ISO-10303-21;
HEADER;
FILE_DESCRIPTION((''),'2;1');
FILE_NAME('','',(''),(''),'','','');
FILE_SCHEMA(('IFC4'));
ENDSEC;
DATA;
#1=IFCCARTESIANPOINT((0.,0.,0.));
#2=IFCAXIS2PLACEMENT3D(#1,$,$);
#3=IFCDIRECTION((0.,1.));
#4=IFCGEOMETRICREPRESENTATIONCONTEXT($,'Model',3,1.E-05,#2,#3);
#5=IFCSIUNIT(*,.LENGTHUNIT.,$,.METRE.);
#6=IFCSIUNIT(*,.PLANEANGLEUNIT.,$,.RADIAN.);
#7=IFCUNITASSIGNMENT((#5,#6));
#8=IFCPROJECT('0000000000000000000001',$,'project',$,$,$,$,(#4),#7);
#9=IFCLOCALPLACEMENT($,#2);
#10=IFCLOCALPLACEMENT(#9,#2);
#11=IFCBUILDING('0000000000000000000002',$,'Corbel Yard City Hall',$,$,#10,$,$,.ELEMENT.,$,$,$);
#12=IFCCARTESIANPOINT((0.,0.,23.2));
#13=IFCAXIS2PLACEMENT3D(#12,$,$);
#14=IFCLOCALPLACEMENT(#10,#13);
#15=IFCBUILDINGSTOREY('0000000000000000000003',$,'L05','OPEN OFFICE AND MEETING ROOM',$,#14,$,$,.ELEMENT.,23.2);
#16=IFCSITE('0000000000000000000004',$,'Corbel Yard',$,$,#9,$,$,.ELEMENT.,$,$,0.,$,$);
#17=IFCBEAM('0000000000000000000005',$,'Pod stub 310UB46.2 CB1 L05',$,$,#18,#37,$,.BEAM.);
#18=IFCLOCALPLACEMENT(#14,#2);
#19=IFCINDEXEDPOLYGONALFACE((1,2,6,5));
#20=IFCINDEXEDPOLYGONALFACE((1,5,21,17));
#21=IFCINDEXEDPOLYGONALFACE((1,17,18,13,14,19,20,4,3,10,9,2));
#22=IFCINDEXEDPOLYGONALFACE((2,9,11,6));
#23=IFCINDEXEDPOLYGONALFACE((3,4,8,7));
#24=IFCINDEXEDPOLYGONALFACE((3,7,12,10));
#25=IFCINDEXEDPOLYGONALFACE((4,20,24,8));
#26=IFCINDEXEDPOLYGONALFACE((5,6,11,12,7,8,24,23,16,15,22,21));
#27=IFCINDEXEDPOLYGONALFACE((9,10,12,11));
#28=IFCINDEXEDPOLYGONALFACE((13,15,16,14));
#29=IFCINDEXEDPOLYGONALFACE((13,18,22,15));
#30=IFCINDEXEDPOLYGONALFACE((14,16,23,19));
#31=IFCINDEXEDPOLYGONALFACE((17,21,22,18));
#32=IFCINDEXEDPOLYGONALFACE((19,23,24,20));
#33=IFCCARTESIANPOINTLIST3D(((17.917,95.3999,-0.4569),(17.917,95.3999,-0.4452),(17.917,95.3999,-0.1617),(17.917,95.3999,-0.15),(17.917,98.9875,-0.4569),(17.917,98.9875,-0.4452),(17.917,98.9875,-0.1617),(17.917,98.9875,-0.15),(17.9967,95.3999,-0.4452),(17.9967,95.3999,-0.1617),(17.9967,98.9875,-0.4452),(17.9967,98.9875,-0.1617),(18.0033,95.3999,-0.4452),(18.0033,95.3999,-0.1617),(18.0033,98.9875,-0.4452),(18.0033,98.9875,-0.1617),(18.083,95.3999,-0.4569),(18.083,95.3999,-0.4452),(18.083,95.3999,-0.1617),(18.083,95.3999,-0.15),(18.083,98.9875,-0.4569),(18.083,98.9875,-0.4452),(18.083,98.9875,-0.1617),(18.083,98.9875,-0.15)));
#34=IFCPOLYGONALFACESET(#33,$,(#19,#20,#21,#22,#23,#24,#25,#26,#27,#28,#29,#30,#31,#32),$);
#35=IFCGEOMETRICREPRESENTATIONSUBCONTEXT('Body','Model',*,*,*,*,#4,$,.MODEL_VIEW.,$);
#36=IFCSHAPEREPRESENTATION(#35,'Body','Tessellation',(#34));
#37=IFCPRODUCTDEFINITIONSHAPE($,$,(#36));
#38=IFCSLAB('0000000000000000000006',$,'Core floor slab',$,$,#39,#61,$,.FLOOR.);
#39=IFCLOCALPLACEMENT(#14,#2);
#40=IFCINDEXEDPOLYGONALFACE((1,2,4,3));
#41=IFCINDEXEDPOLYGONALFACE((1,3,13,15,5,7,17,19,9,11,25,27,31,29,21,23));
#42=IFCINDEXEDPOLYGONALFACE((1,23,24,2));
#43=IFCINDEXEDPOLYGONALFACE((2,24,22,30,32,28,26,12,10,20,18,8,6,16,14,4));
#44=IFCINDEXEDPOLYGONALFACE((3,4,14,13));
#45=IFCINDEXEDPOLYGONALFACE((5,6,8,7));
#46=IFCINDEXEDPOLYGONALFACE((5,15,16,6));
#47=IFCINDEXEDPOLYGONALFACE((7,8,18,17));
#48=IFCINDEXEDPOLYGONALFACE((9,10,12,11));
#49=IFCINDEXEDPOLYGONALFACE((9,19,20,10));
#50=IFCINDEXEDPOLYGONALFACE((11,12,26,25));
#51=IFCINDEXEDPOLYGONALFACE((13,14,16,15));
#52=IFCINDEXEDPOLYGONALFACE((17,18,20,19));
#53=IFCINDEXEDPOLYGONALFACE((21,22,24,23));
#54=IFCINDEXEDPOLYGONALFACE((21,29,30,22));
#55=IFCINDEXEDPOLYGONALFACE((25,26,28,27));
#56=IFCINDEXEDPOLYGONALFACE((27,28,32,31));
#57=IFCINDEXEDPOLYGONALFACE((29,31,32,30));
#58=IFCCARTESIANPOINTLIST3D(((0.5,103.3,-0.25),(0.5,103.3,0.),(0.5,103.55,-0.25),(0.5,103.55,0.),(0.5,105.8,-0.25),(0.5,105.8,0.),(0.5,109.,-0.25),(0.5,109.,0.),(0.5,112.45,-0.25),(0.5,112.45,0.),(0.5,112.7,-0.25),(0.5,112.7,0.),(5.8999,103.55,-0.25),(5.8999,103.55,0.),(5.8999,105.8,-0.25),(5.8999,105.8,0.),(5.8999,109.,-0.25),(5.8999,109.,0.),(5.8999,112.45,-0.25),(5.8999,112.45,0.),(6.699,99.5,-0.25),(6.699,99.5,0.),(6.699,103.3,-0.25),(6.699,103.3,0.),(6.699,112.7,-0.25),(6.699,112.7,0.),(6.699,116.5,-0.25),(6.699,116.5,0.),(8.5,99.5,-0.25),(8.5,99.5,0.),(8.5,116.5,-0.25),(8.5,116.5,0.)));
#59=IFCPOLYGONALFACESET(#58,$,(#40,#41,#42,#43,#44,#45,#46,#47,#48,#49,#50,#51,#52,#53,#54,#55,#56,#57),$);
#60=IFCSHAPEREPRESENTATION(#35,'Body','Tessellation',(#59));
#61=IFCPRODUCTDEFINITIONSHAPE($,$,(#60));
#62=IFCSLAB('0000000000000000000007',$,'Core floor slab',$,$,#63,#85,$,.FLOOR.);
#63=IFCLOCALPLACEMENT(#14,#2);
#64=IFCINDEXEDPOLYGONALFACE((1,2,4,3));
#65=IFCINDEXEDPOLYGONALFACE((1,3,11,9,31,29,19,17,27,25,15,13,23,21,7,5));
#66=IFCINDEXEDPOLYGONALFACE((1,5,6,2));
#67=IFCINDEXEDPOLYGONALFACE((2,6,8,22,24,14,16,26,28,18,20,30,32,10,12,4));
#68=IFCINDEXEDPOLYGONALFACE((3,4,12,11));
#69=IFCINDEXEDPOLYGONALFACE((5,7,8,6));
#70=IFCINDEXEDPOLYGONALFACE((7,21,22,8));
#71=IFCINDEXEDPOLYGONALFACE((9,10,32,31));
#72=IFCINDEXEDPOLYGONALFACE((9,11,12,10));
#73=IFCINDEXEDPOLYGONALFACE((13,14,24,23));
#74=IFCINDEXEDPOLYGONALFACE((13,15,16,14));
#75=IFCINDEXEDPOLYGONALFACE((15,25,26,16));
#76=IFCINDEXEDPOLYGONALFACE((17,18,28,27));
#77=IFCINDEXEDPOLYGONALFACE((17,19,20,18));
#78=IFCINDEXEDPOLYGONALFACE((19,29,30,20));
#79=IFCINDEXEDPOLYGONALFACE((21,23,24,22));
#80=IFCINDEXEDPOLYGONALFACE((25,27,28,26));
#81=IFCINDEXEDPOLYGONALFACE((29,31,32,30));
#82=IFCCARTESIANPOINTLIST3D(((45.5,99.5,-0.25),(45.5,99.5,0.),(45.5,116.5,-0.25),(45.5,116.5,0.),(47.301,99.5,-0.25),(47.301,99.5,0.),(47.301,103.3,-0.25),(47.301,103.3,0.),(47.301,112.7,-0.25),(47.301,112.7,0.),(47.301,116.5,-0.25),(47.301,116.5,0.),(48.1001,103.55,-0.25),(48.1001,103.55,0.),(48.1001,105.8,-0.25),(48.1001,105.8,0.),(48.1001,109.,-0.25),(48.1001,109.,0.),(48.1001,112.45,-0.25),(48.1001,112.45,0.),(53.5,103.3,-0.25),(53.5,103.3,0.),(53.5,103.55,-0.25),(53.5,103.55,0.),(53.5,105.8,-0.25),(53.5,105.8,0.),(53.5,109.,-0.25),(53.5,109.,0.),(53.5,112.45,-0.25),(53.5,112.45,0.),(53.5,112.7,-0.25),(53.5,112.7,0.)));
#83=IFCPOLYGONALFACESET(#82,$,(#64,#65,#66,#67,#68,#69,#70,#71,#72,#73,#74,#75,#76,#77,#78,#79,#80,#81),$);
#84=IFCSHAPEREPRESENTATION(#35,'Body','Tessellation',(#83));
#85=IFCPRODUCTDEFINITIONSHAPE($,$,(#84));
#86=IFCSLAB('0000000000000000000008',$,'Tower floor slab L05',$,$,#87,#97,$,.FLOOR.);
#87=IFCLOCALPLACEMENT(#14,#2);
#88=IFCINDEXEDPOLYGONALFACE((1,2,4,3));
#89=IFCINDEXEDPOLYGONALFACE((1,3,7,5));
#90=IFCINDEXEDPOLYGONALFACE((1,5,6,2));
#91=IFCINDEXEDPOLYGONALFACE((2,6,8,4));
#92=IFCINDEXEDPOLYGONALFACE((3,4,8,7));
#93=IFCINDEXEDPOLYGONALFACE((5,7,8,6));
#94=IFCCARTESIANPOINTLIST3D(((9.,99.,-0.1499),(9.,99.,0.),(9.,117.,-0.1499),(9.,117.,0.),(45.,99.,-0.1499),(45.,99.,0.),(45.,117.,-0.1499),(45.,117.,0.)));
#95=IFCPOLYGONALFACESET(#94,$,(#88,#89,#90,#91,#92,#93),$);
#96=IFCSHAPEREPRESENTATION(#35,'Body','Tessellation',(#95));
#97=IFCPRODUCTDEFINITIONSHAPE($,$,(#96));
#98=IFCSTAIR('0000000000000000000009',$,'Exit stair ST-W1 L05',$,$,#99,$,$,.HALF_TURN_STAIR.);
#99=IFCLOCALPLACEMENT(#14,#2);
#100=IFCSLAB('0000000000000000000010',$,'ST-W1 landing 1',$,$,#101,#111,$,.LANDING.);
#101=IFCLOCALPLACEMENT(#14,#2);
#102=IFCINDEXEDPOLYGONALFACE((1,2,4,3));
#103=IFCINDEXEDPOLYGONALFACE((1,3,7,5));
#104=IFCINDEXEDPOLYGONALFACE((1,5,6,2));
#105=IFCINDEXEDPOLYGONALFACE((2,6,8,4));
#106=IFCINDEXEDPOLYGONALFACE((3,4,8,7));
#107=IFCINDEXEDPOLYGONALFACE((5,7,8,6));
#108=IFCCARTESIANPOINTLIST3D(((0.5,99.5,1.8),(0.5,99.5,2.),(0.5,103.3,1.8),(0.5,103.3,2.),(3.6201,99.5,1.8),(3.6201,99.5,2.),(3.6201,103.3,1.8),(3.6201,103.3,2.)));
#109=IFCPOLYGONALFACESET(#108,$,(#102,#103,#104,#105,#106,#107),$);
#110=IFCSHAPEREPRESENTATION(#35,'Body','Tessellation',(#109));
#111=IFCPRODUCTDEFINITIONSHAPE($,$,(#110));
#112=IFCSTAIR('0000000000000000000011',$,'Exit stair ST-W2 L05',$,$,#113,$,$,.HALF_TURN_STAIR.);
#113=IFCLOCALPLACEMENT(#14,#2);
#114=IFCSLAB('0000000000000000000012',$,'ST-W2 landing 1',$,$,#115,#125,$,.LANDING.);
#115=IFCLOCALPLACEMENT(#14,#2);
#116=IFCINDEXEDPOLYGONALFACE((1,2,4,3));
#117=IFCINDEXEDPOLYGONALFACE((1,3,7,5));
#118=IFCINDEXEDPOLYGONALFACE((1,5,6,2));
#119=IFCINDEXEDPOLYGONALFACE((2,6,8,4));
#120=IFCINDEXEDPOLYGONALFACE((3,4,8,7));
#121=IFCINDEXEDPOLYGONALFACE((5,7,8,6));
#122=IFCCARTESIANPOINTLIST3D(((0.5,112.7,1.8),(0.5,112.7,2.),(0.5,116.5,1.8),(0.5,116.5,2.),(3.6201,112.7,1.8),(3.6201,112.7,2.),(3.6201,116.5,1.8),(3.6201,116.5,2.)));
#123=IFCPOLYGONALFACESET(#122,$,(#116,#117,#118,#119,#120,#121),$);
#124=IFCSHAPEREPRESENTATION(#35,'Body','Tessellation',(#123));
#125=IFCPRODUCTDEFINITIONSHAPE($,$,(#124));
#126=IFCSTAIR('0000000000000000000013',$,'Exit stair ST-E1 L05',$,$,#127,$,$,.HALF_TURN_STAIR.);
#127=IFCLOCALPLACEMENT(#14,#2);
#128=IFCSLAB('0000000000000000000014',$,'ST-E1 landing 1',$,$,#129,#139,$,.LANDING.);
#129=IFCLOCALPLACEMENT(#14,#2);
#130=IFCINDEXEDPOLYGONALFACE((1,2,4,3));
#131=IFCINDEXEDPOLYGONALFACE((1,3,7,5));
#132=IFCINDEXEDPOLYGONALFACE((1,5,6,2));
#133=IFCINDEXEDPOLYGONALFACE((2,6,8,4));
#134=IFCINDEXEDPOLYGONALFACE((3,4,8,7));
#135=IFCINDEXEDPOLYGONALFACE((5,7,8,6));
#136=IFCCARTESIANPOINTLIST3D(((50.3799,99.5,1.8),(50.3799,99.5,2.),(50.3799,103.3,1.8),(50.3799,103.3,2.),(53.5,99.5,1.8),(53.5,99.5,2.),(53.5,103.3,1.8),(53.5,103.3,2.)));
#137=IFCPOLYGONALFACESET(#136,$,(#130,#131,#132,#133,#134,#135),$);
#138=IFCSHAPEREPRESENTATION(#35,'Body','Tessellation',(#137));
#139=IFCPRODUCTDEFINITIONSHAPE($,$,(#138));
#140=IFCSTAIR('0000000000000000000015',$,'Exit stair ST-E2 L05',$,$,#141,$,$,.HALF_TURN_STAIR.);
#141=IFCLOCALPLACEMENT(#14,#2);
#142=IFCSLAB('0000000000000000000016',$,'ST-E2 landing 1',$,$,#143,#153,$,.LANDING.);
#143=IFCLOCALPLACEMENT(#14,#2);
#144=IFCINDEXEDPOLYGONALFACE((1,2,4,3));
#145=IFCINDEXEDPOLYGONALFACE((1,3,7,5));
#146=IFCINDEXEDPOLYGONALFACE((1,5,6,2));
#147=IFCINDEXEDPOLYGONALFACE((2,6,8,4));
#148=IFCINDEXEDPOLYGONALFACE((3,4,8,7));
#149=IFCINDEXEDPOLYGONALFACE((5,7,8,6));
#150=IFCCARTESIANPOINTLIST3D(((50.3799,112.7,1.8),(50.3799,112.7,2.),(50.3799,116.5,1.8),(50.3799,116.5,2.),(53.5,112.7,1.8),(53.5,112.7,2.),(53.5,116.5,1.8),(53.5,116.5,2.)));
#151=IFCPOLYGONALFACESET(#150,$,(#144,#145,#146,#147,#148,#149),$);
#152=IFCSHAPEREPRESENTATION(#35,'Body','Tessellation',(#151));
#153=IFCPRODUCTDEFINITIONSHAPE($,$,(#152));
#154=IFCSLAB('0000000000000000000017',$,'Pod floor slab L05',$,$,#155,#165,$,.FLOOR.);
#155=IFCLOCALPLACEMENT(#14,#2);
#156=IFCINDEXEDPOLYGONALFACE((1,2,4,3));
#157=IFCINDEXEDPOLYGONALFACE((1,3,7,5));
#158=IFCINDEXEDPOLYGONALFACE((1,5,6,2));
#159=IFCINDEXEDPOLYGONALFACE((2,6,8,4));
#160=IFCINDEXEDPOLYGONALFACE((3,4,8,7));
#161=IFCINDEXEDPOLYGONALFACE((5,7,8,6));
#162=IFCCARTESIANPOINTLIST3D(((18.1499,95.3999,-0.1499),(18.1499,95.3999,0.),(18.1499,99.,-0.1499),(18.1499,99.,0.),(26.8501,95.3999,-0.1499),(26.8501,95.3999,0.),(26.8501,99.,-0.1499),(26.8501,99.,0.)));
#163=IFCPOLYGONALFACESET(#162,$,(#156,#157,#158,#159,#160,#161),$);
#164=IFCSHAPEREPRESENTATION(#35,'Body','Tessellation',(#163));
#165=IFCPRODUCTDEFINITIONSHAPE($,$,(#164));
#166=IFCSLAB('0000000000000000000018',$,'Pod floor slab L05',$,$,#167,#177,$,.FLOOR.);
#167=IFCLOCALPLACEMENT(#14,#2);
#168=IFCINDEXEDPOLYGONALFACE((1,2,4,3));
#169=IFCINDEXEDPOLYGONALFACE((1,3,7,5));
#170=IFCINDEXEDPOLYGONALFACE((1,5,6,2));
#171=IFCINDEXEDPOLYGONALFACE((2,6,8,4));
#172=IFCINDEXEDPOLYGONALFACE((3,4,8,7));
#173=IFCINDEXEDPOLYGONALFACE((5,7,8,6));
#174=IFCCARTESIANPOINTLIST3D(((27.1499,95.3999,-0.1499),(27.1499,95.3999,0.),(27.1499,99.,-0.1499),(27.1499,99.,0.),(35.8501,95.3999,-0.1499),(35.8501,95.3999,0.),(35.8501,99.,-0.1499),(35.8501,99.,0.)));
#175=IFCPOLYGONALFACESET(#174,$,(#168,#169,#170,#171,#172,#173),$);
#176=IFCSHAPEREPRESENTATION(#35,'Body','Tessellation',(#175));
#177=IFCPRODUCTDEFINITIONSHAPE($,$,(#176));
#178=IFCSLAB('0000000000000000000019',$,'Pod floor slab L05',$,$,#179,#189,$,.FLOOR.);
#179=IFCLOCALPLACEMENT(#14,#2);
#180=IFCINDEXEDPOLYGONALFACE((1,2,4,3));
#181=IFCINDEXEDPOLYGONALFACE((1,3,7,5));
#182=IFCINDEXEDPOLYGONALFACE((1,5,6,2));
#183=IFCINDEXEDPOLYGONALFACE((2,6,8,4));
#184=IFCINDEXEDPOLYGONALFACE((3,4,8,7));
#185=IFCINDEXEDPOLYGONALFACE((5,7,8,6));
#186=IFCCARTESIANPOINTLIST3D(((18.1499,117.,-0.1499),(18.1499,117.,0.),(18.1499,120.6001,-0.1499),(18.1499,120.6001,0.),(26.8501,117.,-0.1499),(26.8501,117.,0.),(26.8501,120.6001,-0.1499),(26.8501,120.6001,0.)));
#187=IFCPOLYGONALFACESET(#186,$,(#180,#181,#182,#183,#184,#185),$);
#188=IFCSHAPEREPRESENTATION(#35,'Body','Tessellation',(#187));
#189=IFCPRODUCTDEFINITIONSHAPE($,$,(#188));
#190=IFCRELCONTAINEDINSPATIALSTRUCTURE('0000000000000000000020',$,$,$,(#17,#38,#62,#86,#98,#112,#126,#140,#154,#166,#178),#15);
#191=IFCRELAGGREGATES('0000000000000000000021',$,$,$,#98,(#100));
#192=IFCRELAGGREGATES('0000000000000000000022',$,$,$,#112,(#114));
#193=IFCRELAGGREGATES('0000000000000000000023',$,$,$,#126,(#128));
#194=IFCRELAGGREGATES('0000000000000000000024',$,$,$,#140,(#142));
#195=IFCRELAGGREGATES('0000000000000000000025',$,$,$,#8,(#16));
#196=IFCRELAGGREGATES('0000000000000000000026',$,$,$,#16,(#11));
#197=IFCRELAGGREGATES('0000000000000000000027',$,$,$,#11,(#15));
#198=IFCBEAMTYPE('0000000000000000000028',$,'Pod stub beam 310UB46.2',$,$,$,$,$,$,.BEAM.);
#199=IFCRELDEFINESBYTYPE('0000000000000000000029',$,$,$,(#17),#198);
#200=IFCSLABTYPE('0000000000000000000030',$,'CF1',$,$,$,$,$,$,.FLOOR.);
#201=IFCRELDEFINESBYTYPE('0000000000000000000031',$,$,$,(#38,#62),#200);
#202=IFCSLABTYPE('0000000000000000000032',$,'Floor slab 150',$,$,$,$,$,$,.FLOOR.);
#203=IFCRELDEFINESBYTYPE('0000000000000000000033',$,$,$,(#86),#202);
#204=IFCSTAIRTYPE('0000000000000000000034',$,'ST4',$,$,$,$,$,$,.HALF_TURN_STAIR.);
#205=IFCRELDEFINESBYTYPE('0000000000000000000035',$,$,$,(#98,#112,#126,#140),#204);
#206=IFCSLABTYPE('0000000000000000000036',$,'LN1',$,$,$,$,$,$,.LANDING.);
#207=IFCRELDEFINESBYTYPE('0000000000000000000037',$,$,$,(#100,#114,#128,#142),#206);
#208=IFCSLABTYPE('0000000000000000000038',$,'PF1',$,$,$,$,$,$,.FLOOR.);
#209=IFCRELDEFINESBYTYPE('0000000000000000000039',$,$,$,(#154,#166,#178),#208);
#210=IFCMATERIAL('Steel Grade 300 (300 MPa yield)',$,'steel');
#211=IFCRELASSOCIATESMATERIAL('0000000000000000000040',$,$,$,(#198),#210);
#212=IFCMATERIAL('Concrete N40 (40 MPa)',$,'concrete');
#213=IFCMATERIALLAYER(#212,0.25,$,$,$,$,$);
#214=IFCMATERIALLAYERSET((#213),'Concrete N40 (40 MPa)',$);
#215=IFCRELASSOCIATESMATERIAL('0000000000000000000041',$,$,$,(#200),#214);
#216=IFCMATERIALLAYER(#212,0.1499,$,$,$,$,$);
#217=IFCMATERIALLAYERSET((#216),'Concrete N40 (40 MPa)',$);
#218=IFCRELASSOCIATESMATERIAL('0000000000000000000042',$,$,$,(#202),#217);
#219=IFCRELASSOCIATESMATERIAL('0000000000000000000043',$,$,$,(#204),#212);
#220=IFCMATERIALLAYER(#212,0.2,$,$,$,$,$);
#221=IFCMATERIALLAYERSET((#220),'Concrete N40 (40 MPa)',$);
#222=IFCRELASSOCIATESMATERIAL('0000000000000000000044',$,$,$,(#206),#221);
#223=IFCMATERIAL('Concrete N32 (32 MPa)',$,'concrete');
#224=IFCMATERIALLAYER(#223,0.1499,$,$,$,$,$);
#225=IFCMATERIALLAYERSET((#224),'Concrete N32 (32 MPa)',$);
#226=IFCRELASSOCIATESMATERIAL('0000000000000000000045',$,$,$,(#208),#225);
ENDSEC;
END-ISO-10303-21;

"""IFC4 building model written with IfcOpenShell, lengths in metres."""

from ifc_helpers import new_model, si_unit, direction, frame, origin, origin_2d, place, context, subcontext, project, spatial, polyline, i_section, outline, extrude, material, layer, layer_set, material_profile, profile_set, type_object, element, aggregate, save


model = new_model("IFC4")

# Units and contexts
model_context = context("Model", 3, precision=1e-05, world=origin(), true_north=direction((0.0, 1.0)))
body_context = subcontext(model_context, "Body", "Model", "MODEL_VIEW")
ifc_project = project(units=[si_unit("LENGTHUNIT", "METRE"), si_unit("PLANEANGLEUNIT", "RADIAN")], contexts=[model_context])

# Site, building, storey
site_placement = place(None, origin())
site = spatial("IfcSite", under=ifc_project, at=site_placement, Name="Corbel Yard", CompositionType="ELEMENT", RefElevation=0.0)
building_placement = place(site_placement, origin())
building = spatial("IfcBuilding", under=site, at=building_placement, Name="Corbel Yard City Hall", CompositionType="ELEMENT")
storey_placement = place(building_placement, frame((0.0, 0.0, 23.2)))
storey = spatial("IfcBuildingStorey", under=building, at=storey_placement, Name="L05", Description="OPEN OFFICE AND MEETING ROOM", CompositionType="ELEMENT", Elevation=23.2)

# Beam
ifc_material_1 = material(Name="Steel Grade 300 (300 MPa yield)", Category="steel")
ifc_material_profile = material_profile(ifc_material_1, i_section(OverallWidth=0.166, OverallDepth=0.3069, WebThickness=0.0066, FlangeThickness=0.0117, at=origin_2d()), Name="310UB46.2")
ifc_profile_set = profile_set([ifc_material_profile], Name="Steel Grade 300 (300 MPa yield)")
beam_type = type_object("IfcBeamType", Name="Pod stub beam 310UB46.2", PredefinedType="BEAM", material=ifc_profile_set)
beam_placement = place(storey_placement, frame((18.0, 95.3999, -0.3035), z_axis=(0.0, 1.0, 0.0), x_axis=(-1.0, 0.0, 0.0)))
element("IfcBeam", 1, at=beam_placement, inside=storey, type_object=beam_type, Name="Pod stub 310UB46.2 CB1 L05", PredefinedType="BEAM", context=body_context, shape_type="SweptSolid", body=[
    extrude(i_section(OverallWidth=0.166, OverallDepth=0.3069, WebThickness=0.0066, FlangeThickness=0.0117, at=origin_2d()), origin(), (0.0, 0.0, 1.0), 3.5876),
])

# Slabs
ifc_material_2 = material(Name="Concrete N40 (40 MPa)", Category="concrete")
ifc_layer_1 = layer(ifc_material_2, 0.25)
ifc_layer_set_1 = layer_set([ifc_layer_1], Name="Concrete N40 (40 MPa)")
slab_type_1 = type_object("IfcSlabType", Name="CF1", PredefinedType="FLOOR", material=ifc_layer_set_1)
slab_1_placement = place(storey_placement, frame((0.0, 0.0, -0.25)))
element("IfcSlab", 2, at=slab_1_placement, inside=storey, type_object=slab_type_1, Name="Core floor slab", PredefinedType="FLOOR", context=body_context, shape_type="SweptSolid", body=[
    extrude(outline(polyline([(8.5, 116.5), (6.699, 116.5), (6.699, 112.7), (0.5, 112.7), (0.5, 112.45), (5.8999, 112.45), (5.8999, 109.0), (0.5, 109.0), (0.5, 105.8), (5.8999, 105.8), (5.8999, 103.55), (0.5, 103.55), (0.5, 103.3), (6.699, 103.3), (6.699, 99.5), (8.5, 99.5), (8.5, 116.5)])), origin(), (0.0, 0.0, 1.0), 0.25),
])
slab_2_placement = place(storey_placement, frame((0.0, 0.0, -0.25)))
element("IfcSlab", 3, at=slab_2_placement, inside=storey, type_object=slab_type_1, Name="Core floor slab", PredefinedType="FLOOR", context=body_context, shape_type="SweptSolid", body=[
    extrude(outline(polyline([(53.5, 103.3), (53.5, 103.55), (48.1001, 103.55), (48.1001, 105.8), (53.5, 105.8), (53.5, 109.0), (48.1001, 109.0), (48.1001, 112.45), (53.5, 112.45), (53.5, 112.7), (47.301, 112.7), (47.301, 116.5), (45.5, 116.5), (45.5, 99.5), (47.301, 99.5), (47.301, 103.3), (53.5, 103.3)])), origin(), (0.0, 0.0, 1.0), 0.25),
])
ifc_layer_2 = layer(ifc_material_2, 0.1499)
ifc_layer_set_2 = layer_set([ifc_layer_2], Name="Concrete N40 (40 MPa)")
slab_type_2 = type_object("IfcSlabType", Name="Floor slab 150", PredefinedType="FLOOR", material=ifc_layer_set_2)
slab_3_placement = place(storey_placement, frame((0.0, 0.0, -0.1499)))
element("IfcSlab", 4, at=slab_3_placement, inside=storey, type_object=slab_type_2, Name="Tower floor slab L05", PredefinedType="FLOOR", context=body_context, shape_type="SweptSolid", body=[
    extrude(outline(polyline([(45.0, 99.0), (45.0, 117.0), (9.0, 117.0), (9.0, 99.0), (45.0, 99.0)])), origin(), (0.0, 0.0, 1.0), 0.1499),
])

# Stairs, slabs
stair_type = type_object("IfcStairType", Name="ST4", PredefinedType="HALF_TURN_STAIR", material=ifc_material_2)
stair_1_placement = place(storey_placement, origin())
stair_1 = element("IfcStair", 5, at=stair_1_placement, inside=storey, type_object=stair_type, Name="Exit stair ST-W1 L05", PredefinedType="HALF_TURN_STAIR")
ifc_layer_3 = layer(ifc_material_2, 0.2)
ifc_layer_set_3 = layer_set([ifc_layer_3], Name="Concrete N40 (40 MPa)")
slab_type_3 = type_object("IfcSlabType", Name="LN1", PredefinedType="LANDING", material=ifc_layer_set_3)
slab_4_placement = place(storey_placement, frame((0.0, 0.0, 1.8)))
slab_4 = element("IfcSlab", 6, at=slab_4_placement, type_object=slab_type_3, Name="ST-W1 landing 1", PredefinedType="LANDING", context=body_context, shape_type="SweptSolid", body=[
    extrude(outline(polyline([(0.5, 99.5), (3.6201, 99.5), (3.6201, 103.3), (0.5, 103.3), (0.5, 99.5)])), origin(), (0.0, 0.0, 1.0), 0.2),
])
aggregate(stair_1, [slab_4])
stair_2_placement = place(storey_placement, origin())
stair_2 = element("IfcStair", 7, at=stair_2_placement, inside=storey, type_object=stair_type, Name="Exit stair ST-W2 L05", PredefinedType="HALF_TURN_STAIR")
slab_5_placement = place(storey_placement, frame((0.0, 0.0, 1.8)))
slab_5 = element("IfcSlab", 8, at=slab_5_placement, type_object=slab_type_3, Name="ST-W2 landing 1", PredefinedType="LANDING", context=body_context, shape_type="SweptSolid", body=[
    extrude(outline(polyline([(0.5, 112.7), (3.6201, 112.7), (3.6201, 116.5), (0.5, 116.5), (0.5, 112.7)])), origin(), (0.0, 0.0, 1.0), 0.2),
])
aggregate(stair_2, [slab_5])
stair_3_placement = place(storey_placement, origin())
stair_3 = element("IfcStair", 9, at=stair_3_placement, inside=storey, type_object=stair_type, Name="Exit stair ST-E1 L05", PredefinedType="HALF_TURN_STAIR")
slab_6_placement = place(storey_placement, frame((0.0, 0.0, 1.8)))
slab_6 = element("IfcSlab", 10, at=slab_6_placement, type_object=slab_type_3, Name="ST-E1 landing 1", PredefinedType="LANDING", context=body_context, shape_type="SweptSolid", body=[
    extrude(outline(polyline([(50.3799, 99.5), (53.5, 99.5), (53.5, 103.3), (50.3799, 103.3), (50.3799, 99.5)])), origin(), (0.0, 0.0, 1.0), 0.2),
])
aggregate(stair_3, [slab_6])
stair_4_placement = place(storey_placement, origin())
stair_4 = element("IfcStair", 11, at=stair_4_placement, inside=storey, type_object=stair_type, Name="Exit stair ST-E2 L05", PredefinedType="HALF_TURN_STAIR")
slab_7_placement = place(storey_placement, frame((0.0, 0.0, 1.8)))
slab_7 = element("IfcSlab", 12, at=slab_7_placement, type_object=slab_type_3, Name="ST-E2 landing 1", PredefinedType="LANDING", context=body_context, shape_type="SweptSolid", body=[
    extrude(outline(polyline([(50.3799, 112.7), (53.5, 112.7), (53.5, 116.5), (50.3799, 116.5), (50.3799, 112.7)])), origin(), (0.0, 0.0, 1.0), 0.2),
])
aggregate(stair_4, [slab_7])

# Slabs
ifc_material_3 = material(Name="Concrete N32 (32 MPa)", Category="concrete")
ifc_layer_4 = layer(ifc_material_3, 0.1499)
ifc_layer_set_4 = layer_set([ifc_layer_4], Name="Concrete N32 (32 MPa)")
slab_type_4 = type_object("IfcSlabType", Name="PF1", PredefinedType="FLOOR", material=ifc_layer_set_4)
slab_8_placement = place(storey_placement, frame((0.0, 0.0, -0.1499)))
element("IfcSlab", 13, at=slab_8_placement, inside=storey, type_object=slab_type_4, Name="Pod floor slab L05", PredefinedType="FLOOR", context=body_context, shape_type="SweptSolid", body=[
    extrude(outline(polyline([(18.1499, 95.3999), (26.8501, 95.3999), (26.8501, 99.0), (18.1499, 99.0), (18.1499, 95.3999)])), origin(), (0.0, 0.0, 1.0), 0.1499),
])
slab_9_placement = place(storey_placement, frame((0.0, 0.0, -0.1499)))
element("IfcSlab", 14, at=slab_9_placement, inside=storey, type_object=slab_type_4, Name="Pod floor slab L05", PredefinedType="FLOOR", context=body_context, shape_type="SweptSolid", body=[
    extrude(outline(polyline([(27.1499, 95.3999), (35.8501, 95.3999), (35.8501, 99.0), (27.1499, 99.0), (27.1499, 95.3999)])), origin(), (0.0, 0.0, 1.0), 0.1499),
])
slab_10_placement = place(storey_placement, frame((0.0, 0.0, -0.1499)))
element("IfcSlab", 15, at=slab_10_placement, inside=storey, type_object=slab_type_4, Name="Pod floor slab L05", PredefinedType="FLOOR", context=body_context, shape_type="SweptSolid", body=[
    extrude(outline(polyline([(18.1499, 117.0), (26.8501, 117.0), (26.8501, 120.6001), (18.1499, 120.6001), (18.1499, 117.0)])), origin(), (0.0, 0.0, 1.0), 0.1499),
])

save(model, "model.ifc")
